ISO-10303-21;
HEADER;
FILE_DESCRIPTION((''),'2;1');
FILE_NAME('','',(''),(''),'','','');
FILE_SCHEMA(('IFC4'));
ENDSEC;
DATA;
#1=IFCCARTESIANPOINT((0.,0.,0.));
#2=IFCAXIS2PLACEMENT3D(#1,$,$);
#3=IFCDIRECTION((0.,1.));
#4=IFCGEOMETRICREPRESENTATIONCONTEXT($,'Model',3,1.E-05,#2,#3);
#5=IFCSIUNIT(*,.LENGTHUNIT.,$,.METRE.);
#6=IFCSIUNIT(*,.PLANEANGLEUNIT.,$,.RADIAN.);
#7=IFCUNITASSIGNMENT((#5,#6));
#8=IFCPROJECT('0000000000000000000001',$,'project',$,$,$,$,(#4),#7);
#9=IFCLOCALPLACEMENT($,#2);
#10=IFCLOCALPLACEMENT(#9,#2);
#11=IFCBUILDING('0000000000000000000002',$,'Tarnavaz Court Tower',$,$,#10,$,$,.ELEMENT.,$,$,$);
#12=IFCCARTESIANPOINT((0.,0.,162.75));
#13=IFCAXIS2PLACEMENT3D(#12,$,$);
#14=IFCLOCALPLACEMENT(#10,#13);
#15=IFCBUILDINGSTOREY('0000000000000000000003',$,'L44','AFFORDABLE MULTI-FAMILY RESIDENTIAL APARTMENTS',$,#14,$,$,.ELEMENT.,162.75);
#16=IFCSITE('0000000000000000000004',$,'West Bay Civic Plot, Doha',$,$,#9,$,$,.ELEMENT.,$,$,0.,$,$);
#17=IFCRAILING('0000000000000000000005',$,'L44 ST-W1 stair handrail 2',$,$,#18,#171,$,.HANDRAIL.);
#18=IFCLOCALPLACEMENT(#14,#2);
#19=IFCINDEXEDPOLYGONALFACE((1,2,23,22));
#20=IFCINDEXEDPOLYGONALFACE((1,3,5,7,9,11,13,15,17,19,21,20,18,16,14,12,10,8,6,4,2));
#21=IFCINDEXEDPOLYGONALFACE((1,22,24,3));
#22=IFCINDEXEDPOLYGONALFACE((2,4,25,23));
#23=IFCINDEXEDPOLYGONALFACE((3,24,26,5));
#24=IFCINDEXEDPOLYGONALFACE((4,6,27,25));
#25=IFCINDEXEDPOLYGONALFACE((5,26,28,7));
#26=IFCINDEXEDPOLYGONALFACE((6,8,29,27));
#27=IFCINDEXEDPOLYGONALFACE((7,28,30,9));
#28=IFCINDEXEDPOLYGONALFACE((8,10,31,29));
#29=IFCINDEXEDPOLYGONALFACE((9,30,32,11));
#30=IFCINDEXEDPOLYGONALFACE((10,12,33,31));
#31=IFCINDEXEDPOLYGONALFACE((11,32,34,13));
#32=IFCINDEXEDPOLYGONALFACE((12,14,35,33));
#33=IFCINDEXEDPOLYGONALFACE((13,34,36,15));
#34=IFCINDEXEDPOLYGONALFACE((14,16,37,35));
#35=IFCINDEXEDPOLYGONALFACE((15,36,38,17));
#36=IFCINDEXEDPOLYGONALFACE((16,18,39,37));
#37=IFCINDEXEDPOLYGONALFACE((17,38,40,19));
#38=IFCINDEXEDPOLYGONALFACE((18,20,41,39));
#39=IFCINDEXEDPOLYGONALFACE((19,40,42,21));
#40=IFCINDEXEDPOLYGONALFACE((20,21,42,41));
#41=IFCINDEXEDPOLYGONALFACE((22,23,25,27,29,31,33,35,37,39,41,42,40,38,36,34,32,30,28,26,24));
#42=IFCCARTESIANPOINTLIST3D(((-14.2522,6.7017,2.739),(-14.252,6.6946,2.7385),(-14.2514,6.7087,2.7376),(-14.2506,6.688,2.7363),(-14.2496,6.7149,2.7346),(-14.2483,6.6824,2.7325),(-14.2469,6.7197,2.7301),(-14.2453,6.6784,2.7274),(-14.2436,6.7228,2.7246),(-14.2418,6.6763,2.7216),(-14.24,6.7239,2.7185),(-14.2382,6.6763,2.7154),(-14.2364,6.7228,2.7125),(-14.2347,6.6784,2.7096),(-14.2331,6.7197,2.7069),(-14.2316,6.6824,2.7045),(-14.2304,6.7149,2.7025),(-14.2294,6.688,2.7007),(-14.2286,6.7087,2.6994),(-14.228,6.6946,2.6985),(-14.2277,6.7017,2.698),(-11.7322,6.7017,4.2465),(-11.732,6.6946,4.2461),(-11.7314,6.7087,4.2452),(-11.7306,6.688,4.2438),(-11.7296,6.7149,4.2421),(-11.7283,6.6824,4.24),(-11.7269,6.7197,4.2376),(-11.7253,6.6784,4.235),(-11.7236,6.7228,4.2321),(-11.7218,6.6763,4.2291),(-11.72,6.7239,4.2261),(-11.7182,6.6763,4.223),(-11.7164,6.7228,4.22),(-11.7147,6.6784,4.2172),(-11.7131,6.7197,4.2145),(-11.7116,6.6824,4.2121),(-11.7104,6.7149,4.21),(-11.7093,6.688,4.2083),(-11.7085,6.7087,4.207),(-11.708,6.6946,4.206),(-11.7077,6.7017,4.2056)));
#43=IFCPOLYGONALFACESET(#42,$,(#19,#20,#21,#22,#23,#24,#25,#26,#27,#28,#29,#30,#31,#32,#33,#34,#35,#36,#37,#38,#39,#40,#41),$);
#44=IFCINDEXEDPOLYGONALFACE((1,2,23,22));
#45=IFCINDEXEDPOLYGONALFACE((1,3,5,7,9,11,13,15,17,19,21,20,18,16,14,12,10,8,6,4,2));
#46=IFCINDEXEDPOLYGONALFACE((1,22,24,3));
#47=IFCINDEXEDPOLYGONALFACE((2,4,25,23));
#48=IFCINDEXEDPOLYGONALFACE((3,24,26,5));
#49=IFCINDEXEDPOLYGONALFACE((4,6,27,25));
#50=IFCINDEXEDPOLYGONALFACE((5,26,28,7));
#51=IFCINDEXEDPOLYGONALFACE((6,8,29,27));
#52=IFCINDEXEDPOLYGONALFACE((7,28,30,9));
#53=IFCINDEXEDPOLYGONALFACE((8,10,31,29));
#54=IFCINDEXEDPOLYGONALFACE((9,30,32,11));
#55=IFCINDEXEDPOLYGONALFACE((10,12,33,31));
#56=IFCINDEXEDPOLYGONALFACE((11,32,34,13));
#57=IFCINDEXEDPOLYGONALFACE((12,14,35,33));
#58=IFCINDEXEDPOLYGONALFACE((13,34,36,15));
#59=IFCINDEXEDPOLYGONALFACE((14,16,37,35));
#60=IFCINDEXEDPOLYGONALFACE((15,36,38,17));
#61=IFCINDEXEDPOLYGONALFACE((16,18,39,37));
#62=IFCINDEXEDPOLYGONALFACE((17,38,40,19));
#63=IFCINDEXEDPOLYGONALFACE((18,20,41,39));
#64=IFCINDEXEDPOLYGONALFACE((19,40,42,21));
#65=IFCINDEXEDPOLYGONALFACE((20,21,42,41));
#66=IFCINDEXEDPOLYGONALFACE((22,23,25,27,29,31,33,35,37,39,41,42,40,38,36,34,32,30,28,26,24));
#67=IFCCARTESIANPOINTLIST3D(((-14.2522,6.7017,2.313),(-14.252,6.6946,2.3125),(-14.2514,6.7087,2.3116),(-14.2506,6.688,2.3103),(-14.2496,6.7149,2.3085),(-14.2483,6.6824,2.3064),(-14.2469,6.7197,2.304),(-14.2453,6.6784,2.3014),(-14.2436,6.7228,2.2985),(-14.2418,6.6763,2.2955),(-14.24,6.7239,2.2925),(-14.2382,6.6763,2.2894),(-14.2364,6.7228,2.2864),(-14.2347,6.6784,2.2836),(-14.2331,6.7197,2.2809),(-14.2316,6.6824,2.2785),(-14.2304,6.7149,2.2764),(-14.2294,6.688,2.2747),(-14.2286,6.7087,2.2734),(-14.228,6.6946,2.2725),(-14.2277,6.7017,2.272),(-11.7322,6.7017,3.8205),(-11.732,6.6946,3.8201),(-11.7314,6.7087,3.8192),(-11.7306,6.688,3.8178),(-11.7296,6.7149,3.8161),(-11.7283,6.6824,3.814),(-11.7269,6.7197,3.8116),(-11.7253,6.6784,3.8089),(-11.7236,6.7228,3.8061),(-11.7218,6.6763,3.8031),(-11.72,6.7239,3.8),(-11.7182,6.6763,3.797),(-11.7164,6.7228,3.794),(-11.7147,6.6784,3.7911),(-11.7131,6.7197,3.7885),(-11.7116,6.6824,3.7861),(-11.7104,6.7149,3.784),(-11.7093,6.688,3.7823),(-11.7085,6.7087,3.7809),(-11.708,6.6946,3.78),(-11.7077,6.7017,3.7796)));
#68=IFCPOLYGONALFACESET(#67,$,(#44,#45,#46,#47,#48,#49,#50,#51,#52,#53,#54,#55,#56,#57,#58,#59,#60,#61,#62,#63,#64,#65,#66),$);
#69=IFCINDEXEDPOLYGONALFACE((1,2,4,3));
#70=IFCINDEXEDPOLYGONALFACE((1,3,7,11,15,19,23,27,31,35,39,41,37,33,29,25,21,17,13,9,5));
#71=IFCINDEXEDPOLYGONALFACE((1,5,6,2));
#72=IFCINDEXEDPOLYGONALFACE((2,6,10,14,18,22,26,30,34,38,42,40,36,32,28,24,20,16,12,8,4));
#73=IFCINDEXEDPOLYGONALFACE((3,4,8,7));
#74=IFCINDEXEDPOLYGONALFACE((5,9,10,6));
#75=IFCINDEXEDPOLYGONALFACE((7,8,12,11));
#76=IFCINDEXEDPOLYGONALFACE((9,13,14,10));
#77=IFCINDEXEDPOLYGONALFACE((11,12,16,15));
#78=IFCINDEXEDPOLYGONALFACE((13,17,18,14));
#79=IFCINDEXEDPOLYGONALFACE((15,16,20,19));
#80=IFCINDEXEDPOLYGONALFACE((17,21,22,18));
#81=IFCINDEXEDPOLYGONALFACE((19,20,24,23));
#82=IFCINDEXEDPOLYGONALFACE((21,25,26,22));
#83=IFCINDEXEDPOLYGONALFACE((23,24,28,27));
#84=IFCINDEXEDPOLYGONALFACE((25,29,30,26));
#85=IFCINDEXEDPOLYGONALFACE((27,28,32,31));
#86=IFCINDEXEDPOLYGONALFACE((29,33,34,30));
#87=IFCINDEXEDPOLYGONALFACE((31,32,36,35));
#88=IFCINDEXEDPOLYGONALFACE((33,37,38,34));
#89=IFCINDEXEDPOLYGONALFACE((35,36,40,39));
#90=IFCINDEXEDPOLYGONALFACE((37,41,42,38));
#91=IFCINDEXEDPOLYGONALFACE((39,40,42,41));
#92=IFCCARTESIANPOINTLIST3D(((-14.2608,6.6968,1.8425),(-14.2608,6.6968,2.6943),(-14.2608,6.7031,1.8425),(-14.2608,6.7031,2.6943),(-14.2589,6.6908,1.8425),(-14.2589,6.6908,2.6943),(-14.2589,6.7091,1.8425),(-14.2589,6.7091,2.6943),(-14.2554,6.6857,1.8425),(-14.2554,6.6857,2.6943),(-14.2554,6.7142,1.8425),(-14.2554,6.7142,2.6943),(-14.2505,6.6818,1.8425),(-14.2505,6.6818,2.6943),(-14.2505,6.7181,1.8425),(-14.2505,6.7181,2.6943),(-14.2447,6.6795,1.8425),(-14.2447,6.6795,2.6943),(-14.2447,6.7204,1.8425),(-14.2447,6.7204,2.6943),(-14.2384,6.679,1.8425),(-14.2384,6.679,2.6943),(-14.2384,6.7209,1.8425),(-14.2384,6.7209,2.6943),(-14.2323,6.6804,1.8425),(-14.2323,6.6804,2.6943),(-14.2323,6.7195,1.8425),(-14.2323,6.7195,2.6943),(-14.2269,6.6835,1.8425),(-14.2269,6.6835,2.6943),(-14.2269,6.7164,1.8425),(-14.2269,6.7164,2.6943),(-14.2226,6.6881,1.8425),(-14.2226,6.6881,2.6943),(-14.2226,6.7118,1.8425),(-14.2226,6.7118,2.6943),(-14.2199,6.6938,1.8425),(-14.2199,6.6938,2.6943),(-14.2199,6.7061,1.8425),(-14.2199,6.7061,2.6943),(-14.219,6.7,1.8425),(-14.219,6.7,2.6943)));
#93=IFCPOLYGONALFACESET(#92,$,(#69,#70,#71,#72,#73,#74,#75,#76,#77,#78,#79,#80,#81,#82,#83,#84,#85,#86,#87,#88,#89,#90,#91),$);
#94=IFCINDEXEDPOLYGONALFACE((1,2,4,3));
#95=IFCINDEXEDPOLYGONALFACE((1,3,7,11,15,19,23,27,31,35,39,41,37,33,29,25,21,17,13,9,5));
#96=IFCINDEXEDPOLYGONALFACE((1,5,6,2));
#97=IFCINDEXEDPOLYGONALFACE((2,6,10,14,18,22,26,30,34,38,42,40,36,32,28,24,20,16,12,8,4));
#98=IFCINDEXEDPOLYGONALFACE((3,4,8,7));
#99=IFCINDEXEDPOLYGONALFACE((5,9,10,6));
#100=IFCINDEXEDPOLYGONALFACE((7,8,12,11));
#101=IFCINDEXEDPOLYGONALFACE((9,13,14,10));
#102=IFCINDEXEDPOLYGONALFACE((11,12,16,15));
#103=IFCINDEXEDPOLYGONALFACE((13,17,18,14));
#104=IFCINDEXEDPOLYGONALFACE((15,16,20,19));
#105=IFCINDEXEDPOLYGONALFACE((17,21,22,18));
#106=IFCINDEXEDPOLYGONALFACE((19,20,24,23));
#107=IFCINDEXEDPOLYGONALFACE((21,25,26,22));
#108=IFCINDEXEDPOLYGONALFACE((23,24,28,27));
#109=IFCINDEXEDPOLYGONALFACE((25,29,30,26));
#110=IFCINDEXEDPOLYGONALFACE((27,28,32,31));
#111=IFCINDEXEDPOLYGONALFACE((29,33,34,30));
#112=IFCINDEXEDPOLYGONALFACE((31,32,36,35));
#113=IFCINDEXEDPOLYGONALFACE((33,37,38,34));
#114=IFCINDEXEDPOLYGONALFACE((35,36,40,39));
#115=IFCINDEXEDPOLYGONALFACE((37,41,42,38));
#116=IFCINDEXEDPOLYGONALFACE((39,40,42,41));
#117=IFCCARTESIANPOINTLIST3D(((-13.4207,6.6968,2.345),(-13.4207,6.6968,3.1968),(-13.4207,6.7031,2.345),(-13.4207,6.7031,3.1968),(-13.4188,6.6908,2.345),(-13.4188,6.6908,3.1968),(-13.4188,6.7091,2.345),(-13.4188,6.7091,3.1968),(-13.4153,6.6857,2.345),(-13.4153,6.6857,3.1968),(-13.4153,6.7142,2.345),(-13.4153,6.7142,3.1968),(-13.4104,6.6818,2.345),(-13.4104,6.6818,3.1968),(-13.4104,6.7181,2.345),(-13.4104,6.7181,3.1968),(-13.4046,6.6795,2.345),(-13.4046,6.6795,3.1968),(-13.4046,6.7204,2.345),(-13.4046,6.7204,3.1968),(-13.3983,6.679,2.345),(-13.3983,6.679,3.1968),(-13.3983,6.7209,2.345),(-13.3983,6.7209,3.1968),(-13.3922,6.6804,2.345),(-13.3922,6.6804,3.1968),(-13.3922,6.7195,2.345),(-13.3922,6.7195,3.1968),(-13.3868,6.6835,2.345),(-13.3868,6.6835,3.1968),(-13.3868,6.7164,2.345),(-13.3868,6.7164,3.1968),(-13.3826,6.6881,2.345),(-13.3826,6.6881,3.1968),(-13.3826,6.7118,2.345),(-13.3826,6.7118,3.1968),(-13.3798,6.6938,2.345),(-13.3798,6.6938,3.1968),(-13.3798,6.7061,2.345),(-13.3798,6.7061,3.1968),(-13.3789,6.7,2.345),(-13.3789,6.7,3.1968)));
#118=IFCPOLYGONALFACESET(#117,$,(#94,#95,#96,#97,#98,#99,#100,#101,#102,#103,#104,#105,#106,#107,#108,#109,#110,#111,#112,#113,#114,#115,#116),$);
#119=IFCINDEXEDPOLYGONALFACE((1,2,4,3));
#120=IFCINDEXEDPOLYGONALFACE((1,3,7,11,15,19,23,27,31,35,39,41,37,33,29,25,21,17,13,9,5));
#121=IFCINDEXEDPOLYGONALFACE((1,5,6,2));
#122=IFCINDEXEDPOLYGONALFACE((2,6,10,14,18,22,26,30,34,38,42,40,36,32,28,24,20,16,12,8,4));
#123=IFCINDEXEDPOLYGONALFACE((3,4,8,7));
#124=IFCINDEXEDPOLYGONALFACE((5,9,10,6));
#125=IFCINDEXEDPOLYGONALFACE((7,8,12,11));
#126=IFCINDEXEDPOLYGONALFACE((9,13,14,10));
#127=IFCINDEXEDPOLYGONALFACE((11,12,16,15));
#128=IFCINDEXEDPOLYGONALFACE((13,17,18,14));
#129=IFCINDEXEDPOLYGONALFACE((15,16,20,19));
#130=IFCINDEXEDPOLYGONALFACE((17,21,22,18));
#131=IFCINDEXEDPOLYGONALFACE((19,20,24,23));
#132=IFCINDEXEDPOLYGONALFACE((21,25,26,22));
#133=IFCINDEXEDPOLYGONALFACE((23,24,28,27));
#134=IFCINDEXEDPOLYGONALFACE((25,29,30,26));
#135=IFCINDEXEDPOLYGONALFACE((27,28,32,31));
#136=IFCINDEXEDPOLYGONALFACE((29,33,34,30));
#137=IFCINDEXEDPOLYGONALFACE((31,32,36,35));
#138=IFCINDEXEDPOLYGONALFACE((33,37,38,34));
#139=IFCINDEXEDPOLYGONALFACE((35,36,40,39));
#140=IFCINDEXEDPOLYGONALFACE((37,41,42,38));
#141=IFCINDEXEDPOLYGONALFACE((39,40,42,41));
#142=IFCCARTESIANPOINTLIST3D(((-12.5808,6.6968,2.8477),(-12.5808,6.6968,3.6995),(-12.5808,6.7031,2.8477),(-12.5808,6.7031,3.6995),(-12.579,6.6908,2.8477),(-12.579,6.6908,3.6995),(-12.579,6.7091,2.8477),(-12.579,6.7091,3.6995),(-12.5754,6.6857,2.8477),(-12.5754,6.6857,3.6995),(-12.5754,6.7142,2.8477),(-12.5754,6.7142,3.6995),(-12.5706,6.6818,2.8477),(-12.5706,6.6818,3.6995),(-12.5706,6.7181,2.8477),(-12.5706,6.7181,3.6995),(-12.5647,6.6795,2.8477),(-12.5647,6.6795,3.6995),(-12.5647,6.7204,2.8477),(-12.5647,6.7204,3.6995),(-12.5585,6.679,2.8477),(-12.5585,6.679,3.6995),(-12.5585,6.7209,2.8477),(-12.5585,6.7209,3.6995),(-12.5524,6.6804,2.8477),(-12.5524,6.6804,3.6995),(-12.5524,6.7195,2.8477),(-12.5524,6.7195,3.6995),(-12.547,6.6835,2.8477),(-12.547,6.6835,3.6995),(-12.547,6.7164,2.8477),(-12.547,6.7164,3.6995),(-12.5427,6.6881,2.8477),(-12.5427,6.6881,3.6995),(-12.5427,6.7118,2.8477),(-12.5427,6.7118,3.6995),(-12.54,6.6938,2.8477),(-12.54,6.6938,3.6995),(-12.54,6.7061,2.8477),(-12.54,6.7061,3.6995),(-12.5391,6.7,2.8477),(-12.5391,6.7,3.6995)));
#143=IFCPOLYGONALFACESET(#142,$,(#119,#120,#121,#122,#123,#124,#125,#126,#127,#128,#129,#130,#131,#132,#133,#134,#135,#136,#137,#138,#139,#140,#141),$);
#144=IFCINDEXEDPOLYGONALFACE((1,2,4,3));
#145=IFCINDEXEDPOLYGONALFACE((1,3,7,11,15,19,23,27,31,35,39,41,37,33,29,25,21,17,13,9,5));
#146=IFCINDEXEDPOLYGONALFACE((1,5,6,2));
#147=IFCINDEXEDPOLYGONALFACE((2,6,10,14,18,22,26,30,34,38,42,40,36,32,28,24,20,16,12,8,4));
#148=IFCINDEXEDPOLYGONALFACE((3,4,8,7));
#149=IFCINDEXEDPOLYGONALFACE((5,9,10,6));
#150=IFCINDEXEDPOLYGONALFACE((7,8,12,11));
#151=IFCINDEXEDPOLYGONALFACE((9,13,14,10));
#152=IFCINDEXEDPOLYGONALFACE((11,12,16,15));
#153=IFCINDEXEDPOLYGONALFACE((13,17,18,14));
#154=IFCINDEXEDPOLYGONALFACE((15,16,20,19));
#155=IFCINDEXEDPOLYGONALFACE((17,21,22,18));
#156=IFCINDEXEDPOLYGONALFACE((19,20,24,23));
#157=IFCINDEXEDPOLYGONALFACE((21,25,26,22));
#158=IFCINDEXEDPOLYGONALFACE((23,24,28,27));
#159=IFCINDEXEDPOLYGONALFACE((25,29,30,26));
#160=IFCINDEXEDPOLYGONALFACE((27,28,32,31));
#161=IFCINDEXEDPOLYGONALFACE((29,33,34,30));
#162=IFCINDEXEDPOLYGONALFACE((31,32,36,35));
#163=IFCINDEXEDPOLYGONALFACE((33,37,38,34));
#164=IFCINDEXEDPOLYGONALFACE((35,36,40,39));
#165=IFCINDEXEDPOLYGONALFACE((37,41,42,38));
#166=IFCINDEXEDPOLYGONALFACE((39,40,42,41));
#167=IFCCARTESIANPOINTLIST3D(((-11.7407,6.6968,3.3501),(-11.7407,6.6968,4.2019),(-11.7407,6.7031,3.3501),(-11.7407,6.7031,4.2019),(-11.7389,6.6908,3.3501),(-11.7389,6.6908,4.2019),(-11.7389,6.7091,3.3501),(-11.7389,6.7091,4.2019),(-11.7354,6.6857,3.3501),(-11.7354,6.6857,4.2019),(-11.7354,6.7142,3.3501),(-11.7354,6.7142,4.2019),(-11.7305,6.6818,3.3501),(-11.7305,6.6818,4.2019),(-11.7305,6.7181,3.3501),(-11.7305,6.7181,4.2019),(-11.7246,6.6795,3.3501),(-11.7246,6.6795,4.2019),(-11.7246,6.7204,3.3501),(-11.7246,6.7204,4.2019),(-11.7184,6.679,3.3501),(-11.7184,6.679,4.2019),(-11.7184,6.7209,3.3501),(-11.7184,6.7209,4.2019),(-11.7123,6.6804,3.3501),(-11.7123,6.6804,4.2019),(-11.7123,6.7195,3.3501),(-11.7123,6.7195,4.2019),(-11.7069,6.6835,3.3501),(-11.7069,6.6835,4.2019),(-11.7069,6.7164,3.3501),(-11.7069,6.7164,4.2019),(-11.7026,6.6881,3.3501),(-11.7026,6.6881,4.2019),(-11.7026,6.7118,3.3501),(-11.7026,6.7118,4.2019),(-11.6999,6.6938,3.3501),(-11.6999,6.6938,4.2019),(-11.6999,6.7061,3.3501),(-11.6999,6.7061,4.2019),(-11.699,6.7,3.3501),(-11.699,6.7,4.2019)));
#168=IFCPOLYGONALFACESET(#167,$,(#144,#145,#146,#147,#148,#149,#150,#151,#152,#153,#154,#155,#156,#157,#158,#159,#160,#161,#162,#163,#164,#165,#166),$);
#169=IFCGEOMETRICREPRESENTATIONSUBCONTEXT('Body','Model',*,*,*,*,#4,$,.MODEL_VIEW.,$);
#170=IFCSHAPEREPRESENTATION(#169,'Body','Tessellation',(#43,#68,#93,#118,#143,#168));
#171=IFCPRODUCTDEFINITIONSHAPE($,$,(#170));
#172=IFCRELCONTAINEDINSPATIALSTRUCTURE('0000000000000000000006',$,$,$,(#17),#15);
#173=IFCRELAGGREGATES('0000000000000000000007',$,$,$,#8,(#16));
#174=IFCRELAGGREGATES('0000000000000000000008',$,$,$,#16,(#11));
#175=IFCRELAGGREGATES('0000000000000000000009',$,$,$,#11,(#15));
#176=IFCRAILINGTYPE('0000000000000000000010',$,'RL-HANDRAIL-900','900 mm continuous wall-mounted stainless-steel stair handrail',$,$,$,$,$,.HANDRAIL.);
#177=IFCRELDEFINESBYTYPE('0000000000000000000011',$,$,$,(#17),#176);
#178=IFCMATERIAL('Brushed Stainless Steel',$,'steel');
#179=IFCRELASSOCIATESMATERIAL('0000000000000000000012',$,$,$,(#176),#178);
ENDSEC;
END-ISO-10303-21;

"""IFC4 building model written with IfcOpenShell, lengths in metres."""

from ifc_helpers import new_model, si_unit, direction, frame, origin, origin_2d, place, context, subcontext, project, spatial, circle, extrude, material, type_object, element, save


model = new_model("IFC4")

# Units and contexts
model_context = context("Model", 3, precision=1e-05, world=origin(), true_north=direction((0.0, 1.0)))
body_context = subcontext(model_context, "Body", "Model", "MODEL_VIEW")
ifc_project = project(units=[si_unit("LENGTHUNIT", "METRE"), si_unit("PLANEANGLEUNIT", "RADIAN")], contexts=[model_context])

# Site, building, storey
site_placement = place(None, origin())
site = spatial("IfcSite", under=ifc_project, at=site_placement, Name="West Bay Civic Plot, Doha", CompositionType="ELEMENT", RefElevation=0.0)
building_placement = place(site_placement, origin())
building = spatial("IfcBuilding", under=site, at=building_placement, Name="Tarnavaz Court Tower", CompositionType="ELEMENT")
storey_placement = place(building_placement, frame((0.0, 0.0, 162.75)))
storey = spatial("IfcBuildingStorey", under=building, at=storey_placement, Name="L44", Description="AFFORDABLE MULTI-FAMILY RESIDENTIAL APARTMENTS", CompositionType="ELEMENT", Elevation=162.75)

# Railing
ifc_material_1 = material(Name="Brushed Stainless Steel", Category="steel")
railing_type_1 = type_object("IfcRailingType", Name="RL-HANDRAIL-900", Description="900 mm continuous wall-mounted stainless-steel stair handrail", PredefinedType="HANDRAIL", material=ifc_material_1)
railing_1_placement = place(storey_placement, frame((-14.24, 6.7, 1.8425)))
element("IfcRailing", 1, at=railing_1_placement, inside=storey, type_object=railing_type_1, Name="L44 ST-W1 stair handrail 2", PredefinedType="HANDRAIL", context=body_context, shape_type="SweptSolid", body=[
    extrude(circle(Radius=0.0239, at=origin_2d()), frame((0.0, 0.0, 0.876), z_axis=(0.85816, 0.0, 0.513383), x_axis=(0.0, 1.0, 0.0)), (0.0, 0.0, 1.0), 2.9365),
    extrude(circle(Radius=0.0239, at=origin_2d()), frame((0.0, 0.0, 0.45), z_axis=(0.85816, 0.0, 0.513383), x_axis=(0.0, 1.0, 0.0)), (0.0, 0.0, 1.0), 2.9365),
    extrude(circle(Radius=0.021, at=origin_2d()), origin(), (0.0, 0.0, 1.0), 0.8518),
    extrude(circle(Radius=0.021, at=origin_2d()), frame((0.8401, 0.0, 0.5024)), (0.0, 0.0, 1.0), 0.8518),
    extrude(circle(Radius=0.021, at=origin_2d()), frame((1.6799, 0.0, 1.0051)), (0.0, 0.0, 1.0), 0.8518),
    extrude(circle(Radius=0.021, at=origin_2d()), frame((2.52, 0.0, 1.5076)), (0.0, 0.0, 1.0), 0.8518),
])

save(model, "model.ifc")
